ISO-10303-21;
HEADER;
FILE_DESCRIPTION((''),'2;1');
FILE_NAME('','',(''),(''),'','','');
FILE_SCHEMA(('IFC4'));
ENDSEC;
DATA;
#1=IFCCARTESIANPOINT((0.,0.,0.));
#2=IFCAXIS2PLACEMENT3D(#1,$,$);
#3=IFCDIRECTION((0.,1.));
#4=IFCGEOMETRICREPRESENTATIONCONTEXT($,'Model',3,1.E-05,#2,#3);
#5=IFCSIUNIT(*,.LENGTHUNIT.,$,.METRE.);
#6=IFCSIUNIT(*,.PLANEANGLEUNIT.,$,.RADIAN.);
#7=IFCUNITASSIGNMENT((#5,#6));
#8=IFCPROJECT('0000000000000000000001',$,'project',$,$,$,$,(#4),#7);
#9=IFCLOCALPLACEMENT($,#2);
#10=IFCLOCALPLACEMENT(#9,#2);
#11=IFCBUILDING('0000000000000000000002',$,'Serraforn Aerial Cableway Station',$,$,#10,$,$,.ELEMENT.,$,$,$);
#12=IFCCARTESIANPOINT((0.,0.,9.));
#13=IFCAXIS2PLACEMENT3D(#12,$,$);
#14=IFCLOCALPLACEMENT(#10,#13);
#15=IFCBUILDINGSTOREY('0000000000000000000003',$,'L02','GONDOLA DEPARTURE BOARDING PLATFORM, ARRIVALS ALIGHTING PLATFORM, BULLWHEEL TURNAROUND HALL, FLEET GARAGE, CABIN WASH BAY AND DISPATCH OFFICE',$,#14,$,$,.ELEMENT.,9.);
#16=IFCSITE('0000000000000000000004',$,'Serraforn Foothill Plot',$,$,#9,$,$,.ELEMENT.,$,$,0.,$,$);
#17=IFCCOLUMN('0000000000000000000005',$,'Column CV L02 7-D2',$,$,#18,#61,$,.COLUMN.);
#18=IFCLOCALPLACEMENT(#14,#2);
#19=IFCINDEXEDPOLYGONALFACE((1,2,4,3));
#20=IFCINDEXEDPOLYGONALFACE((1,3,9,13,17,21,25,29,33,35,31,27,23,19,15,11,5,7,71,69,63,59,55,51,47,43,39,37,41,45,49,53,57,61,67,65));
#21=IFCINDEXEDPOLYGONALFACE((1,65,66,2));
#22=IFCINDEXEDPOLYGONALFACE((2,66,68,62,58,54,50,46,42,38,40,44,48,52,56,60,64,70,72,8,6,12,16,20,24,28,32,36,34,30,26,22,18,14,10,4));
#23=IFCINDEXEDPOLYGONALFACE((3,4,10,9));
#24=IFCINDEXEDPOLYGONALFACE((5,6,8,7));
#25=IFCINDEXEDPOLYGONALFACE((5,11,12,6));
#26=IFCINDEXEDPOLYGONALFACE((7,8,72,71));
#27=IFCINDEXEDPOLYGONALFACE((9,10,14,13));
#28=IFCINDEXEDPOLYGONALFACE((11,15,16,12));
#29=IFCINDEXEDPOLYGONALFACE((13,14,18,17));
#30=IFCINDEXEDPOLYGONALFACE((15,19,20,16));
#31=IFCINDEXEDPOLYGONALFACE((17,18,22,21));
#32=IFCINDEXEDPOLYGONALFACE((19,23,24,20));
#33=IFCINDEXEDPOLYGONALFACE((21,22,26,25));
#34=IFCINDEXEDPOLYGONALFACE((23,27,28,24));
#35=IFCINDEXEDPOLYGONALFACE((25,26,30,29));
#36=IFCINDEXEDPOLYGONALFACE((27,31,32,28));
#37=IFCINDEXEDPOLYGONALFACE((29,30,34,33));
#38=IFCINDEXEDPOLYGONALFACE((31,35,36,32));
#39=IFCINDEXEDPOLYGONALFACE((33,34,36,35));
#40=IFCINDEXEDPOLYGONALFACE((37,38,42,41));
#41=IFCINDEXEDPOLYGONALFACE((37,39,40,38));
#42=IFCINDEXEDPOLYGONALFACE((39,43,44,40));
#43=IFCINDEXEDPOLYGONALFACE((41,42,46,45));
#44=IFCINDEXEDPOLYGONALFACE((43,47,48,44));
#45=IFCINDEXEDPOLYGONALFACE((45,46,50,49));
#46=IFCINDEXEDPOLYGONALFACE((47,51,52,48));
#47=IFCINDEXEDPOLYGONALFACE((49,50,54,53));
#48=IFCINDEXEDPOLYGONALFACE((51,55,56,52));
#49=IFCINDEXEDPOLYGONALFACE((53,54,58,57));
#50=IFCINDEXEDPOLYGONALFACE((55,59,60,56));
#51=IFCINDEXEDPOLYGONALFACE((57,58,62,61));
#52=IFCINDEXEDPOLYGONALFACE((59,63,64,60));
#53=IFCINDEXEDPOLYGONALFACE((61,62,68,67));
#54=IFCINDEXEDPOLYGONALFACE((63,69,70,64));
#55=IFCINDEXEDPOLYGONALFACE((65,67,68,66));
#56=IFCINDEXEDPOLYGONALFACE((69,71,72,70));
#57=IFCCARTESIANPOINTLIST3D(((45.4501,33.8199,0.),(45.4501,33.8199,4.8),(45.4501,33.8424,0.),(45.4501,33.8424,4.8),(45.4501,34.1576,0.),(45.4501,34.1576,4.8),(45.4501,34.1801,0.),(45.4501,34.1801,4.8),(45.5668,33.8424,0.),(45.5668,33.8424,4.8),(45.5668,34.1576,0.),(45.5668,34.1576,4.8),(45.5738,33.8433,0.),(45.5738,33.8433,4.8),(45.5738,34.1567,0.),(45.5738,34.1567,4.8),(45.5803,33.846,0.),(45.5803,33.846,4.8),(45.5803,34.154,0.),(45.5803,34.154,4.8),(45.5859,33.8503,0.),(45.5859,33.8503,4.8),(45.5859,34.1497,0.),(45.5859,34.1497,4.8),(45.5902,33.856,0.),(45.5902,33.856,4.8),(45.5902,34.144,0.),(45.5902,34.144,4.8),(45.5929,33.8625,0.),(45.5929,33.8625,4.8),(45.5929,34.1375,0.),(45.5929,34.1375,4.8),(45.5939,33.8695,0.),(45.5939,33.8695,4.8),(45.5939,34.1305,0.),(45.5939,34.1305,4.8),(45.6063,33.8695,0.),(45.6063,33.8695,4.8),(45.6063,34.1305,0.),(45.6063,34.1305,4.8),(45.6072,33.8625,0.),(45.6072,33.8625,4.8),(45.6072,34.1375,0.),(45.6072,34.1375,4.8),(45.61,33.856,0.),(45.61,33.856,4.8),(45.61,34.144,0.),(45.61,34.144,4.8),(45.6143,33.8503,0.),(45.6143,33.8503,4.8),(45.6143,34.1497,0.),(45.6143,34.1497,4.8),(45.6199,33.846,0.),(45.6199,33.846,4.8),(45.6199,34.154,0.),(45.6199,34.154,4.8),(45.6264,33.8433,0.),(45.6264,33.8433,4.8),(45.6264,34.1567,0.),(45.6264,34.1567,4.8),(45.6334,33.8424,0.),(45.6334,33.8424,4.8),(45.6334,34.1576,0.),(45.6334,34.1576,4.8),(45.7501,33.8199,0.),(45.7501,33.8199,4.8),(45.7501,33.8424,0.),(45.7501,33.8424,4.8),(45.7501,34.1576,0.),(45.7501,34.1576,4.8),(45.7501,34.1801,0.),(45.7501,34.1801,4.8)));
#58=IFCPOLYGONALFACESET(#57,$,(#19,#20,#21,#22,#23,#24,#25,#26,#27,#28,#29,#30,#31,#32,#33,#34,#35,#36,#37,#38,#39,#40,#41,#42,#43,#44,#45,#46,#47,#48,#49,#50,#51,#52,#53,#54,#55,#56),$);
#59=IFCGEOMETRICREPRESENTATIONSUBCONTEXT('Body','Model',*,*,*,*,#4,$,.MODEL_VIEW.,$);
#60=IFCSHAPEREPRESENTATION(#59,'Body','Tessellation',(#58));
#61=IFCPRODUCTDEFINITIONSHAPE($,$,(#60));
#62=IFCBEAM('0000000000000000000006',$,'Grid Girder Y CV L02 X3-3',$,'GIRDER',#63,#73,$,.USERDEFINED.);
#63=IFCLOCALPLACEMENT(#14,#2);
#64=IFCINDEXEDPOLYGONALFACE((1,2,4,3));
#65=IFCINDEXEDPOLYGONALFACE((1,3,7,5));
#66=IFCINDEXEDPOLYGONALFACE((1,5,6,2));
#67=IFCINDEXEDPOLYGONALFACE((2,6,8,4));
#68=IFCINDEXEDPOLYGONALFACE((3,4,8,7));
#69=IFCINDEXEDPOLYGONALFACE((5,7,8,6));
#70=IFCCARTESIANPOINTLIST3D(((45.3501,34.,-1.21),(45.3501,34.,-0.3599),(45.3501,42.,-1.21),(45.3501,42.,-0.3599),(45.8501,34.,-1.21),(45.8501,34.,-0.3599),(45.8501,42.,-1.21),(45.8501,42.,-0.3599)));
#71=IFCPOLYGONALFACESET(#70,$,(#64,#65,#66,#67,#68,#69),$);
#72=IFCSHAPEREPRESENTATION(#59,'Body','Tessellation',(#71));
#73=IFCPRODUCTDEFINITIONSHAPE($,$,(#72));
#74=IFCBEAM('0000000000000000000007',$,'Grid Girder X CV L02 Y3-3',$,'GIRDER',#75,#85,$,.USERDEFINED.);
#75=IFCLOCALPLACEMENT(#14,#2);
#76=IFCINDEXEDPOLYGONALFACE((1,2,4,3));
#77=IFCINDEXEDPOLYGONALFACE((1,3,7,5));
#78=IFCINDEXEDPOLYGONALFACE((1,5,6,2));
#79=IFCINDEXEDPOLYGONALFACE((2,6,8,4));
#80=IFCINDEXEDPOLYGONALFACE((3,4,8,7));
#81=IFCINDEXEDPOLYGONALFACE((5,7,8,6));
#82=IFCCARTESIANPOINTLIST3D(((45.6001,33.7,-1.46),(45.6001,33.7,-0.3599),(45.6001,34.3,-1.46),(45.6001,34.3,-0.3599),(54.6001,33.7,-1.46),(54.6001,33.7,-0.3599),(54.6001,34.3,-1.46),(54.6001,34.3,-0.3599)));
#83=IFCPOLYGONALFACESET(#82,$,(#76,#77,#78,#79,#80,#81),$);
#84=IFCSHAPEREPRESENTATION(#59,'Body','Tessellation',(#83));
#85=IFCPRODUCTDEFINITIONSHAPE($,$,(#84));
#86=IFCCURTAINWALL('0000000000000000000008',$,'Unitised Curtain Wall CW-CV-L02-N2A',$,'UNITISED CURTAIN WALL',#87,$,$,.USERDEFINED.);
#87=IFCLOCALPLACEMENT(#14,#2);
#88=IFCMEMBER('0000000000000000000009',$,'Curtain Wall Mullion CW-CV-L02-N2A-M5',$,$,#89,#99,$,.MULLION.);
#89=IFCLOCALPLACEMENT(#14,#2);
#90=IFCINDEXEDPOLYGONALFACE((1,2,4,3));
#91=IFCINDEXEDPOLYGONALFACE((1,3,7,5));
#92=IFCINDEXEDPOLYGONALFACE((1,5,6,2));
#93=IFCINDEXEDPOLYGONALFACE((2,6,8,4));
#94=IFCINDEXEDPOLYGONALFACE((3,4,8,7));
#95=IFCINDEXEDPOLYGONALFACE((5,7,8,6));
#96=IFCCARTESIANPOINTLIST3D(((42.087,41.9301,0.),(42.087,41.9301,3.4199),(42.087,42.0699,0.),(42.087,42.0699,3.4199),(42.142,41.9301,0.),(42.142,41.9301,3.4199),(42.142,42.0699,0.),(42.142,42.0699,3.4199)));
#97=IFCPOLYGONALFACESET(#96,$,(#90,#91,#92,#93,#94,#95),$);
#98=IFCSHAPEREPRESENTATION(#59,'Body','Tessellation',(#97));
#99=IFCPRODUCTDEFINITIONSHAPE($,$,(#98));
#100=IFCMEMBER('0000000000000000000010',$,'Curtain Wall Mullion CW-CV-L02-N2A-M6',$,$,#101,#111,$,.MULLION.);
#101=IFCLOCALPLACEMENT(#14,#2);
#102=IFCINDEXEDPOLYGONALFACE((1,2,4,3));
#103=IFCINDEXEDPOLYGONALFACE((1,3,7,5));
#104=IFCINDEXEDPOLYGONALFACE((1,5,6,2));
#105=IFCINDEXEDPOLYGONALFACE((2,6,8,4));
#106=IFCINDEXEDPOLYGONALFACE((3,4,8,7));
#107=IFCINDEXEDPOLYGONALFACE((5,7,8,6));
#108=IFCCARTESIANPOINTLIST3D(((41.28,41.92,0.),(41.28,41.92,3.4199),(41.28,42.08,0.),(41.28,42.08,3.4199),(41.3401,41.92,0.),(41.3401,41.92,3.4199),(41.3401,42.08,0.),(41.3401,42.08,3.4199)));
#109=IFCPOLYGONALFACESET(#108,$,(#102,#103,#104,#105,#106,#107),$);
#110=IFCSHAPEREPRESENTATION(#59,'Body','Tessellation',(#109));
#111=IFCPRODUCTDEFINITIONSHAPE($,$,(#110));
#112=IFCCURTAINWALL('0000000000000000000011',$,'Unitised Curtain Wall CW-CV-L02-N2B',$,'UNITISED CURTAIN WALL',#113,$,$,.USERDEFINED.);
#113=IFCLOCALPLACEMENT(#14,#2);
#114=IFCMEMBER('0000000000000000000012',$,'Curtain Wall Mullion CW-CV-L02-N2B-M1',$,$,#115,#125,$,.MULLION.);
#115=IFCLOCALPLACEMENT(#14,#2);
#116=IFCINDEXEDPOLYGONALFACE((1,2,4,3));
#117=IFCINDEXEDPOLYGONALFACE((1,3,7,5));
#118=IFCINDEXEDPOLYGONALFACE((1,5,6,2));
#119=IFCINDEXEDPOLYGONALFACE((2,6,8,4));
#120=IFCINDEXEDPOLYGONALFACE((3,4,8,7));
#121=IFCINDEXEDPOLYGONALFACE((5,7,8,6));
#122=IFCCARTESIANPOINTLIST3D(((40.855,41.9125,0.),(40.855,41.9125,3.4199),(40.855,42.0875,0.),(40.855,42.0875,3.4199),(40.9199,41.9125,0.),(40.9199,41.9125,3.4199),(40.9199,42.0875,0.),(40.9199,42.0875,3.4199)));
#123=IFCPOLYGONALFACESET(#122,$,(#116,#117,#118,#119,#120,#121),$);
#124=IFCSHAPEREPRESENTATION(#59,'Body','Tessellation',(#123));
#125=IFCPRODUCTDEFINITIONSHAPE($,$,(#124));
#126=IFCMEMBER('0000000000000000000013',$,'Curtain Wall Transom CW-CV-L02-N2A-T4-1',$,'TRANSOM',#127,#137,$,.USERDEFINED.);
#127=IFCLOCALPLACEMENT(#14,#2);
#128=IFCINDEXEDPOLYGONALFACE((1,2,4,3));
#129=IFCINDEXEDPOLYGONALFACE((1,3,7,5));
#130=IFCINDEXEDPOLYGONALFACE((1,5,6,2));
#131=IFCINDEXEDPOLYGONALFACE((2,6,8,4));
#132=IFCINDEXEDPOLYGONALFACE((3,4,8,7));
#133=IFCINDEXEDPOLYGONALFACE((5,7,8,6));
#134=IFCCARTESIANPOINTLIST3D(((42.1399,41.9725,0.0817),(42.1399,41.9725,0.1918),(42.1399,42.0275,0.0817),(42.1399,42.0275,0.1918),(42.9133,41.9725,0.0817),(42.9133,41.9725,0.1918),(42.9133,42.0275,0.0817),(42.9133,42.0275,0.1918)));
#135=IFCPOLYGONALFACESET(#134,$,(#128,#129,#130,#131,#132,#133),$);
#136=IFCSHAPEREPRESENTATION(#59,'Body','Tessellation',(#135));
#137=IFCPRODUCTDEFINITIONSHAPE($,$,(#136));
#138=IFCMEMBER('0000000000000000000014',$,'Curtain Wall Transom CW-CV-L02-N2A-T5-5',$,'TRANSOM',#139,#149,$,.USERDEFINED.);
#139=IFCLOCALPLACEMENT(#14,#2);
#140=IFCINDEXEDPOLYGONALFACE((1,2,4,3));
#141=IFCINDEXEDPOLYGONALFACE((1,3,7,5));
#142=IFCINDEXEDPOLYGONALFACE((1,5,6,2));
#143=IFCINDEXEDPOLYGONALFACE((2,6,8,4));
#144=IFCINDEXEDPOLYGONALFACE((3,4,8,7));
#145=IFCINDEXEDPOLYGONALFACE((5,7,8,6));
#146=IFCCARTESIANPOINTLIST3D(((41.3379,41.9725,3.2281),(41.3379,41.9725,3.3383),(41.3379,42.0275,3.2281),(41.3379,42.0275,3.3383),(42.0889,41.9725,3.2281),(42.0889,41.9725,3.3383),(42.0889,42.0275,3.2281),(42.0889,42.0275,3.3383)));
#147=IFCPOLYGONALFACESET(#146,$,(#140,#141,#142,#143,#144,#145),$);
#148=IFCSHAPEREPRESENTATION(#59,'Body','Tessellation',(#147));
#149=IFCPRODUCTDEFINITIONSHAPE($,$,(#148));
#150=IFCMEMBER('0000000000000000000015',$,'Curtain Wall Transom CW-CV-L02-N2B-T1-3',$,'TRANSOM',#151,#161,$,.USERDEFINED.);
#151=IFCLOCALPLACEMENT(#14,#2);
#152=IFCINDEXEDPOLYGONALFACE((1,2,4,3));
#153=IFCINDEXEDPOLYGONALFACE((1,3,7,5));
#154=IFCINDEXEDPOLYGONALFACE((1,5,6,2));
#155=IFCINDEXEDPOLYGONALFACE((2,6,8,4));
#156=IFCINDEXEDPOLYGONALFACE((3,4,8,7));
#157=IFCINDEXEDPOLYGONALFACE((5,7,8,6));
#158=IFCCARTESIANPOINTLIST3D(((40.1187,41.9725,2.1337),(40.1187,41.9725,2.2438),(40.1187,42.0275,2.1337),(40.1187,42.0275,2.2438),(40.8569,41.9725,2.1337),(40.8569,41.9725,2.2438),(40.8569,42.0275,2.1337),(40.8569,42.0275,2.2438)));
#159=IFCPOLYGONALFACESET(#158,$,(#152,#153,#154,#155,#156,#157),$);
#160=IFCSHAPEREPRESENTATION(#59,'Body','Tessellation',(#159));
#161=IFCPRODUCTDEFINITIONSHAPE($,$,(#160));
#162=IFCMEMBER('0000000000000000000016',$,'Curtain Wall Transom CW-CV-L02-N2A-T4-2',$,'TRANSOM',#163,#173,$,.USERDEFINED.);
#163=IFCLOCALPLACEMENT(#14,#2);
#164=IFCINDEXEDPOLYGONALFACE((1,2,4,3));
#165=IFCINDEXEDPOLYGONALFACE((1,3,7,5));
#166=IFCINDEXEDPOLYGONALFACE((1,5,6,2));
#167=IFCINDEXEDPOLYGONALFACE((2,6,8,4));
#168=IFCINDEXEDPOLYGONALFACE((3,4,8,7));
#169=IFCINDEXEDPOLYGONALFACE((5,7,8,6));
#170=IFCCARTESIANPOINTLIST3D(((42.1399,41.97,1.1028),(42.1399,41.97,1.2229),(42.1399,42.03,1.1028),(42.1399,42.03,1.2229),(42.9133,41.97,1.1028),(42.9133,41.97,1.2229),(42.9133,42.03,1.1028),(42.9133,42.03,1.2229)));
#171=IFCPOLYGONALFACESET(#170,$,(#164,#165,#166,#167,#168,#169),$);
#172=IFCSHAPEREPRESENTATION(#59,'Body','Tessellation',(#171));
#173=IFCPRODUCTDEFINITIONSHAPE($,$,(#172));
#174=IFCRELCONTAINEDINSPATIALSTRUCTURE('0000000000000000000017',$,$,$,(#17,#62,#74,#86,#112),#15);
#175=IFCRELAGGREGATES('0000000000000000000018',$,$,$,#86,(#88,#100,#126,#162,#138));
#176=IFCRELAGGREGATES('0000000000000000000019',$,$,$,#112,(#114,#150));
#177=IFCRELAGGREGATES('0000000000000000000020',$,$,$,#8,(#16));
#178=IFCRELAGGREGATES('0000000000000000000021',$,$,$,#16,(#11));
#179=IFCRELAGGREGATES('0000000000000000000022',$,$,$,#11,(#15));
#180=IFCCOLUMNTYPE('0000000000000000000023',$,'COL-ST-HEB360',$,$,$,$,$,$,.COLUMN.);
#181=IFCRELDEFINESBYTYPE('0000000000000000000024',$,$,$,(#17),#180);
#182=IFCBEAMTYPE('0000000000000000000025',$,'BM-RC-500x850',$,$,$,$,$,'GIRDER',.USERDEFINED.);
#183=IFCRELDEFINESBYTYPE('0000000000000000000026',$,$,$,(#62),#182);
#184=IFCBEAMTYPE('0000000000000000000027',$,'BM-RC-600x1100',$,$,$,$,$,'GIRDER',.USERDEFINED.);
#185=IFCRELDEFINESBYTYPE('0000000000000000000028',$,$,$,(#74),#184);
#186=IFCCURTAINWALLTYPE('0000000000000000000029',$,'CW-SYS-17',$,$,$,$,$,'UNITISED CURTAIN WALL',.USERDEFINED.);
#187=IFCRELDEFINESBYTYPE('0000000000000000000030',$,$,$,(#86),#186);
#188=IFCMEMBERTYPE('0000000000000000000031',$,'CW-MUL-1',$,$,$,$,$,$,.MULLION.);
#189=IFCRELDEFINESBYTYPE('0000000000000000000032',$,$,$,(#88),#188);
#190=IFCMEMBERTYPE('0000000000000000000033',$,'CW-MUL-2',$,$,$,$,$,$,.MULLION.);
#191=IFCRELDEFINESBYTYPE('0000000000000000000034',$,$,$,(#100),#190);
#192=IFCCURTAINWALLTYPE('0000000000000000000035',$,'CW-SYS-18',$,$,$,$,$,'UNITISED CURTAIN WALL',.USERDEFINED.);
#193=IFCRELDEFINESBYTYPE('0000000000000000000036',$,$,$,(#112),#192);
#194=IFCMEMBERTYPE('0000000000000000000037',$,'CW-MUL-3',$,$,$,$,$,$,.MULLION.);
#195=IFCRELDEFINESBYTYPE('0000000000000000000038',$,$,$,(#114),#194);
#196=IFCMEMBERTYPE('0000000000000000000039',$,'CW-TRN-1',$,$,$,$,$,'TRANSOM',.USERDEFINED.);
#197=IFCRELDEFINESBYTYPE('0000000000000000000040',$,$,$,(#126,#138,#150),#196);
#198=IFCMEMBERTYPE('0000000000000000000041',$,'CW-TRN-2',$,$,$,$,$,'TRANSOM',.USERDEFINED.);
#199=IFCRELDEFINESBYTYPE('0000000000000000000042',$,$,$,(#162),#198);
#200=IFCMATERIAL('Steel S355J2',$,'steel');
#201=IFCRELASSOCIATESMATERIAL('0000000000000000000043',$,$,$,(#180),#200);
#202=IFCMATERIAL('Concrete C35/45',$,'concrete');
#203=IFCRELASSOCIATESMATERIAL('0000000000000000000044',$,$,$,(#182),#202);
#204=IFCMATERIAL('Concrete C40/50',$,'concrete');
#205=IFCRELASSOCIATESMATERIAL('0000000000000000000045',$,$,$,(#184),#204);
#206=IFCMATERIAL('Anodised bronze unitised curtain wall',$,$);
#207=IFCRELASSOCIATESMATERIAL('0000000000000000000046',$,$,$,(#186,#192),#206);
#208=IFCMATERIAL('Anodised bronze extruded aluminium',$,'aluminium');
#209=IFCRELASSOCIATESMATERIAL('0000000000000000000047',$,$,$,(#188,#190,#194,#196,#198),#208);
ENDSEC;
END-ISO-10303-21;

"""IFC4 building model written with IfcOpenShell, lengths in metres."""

from ifc_helpers import new_model, si_unit, direction, frame, origin, origin_2d, place, context, subcontext, project, spatial, rectangle, i_section, extrude, material, material_profile, profile_set, type_object, element, aggregate, save


model = new_model("IFC4")

# Units and contexts
model_context = context("Model", 3, precision=1e-05, world=origin(), true_north=direction((0.0, 1.0)))
body_context = subcontext(model_context, "Body", "Model", "MODEL_VIEW")
ifc_project = project(units=[si_unit("LENGTHUNIT", "METRE"), si_unit("PLANEANGLEUNIT", "RADIAN")], contexts=[model_context])

# Site, building, storey
site_placement = place(None, origin())
site = spatial("IfcSite", under=ifc_project, at=site_placement, Name="Serraforn Foothill Plot", CompositionType="ELEMENT", RefElevation=0.0)
building_placement = place(site_placement, origin())
building = spatial("IfcBuilding", under=site, at=building_placement, Name="Serraforn Aerial Cableway Station", CompositionType="ELEMENT")
storey_placement = place(building_placement, frame((0.0, 0.0, 9.0)))
storey = spatial("IfcBuildingStorey", under=building, at=storey_placement, Name="L02", Description="GONDOLA DEPARTURE BOARDING PLATFORM, ARRIVALS ALIGHTING PLATFORM, BULLWHEEL TURNAROUND HALL, FLEET GARAGE, CABIN WASH BAY AND DISPATCH OFFICE", CompositionType="ELEMENT", Elevation=9.0)

# Column
ifc_material_1 = material(Name="Steel S355J2", Category="steel")
ifc_material_profile_1 = material_profile(ifc_material_1, i_section(OverallWidth=0.3, OverallDepth=0.3601, WebThickness=0.0125, FlangeThickness=0.0225, FilletRadius=0.0271, at=origin_2d()), Name="HEB 360")
ifc_profile_set_1 = profile_set([ifc_material_profile_1], Name="Steel S355J2")
column_type = type_object("IfcColumnType", Name="COL-ST-HEB360", PredefinedType="COLUMN", material=ifc_profile_set_1)
column_placement = place(storey_placement, frame((45.6001, 34.0, 0.0), z_axis=(0.0, 0.0, 1.0), x_axis=(1.0, 0.0, 0.0)))
element("IfcColumn", 1, at=column_placement, inside=storey, type_object=column_type, Name="Column CV L02 7-D2", PredefinedType="COLUMN", context=body_context, shape_type="SweptSolid", body=[
    extrude(i_section(OverallWidth=0.3, OverallDepth=0.3601, WebThickness=0.0125, FlangeThickness=0.0225, FilletRadius=0.0271, at=origin_2d()), origin(), (0.0, 0.0, 1.0), 4.8),
])

# Beams
ifc_material_2 = material(Name="Concrete C35/45", Category="concrete")
ifc_material_profile_2 = material_profile(ifc_material_2, rectangle(XDim=0.5, YDim=0.8501, at=origin_2d()), Name="RC 500x850")
ifc_profile_set_2 = profile_set([ifc_material_profile_2], Name="Concrete C35/45")
beam_type_1 = type_object("IfcBeamType", Name="BM-RC-500x850", ElementType="GIRDER", PredefinedType="USERDEFINED", material=ifc_profile_set_2)
beam_1_placement = place(storey_placement, frame((45.6001, 34.0, -0.7849), z_axis=(0.0, 1.0, 0.0), x_axis=(-1.0, 0.0, 0.0)))
element("IfcBeam", 2, at=beam_1_placement, inside=storey, type_object=beam_type_1, Name="Grid Girder Y CV L02 X3-3", ObjectType="GIRDER", PredefinedType="USERDEFINED", context=body_context, shape_type="SweptSolid", body=[
    extrude(rectangle(XDim=0.5, YDim=0.8501, at=origin_2d()), origin(), (0.0, 0.0, 1.0), 8.0),
])
ifc_material_3 = material(Name="Concrete C40/50", Category="concrete")
ifc_material_profile_3 = material_profile(ifc_material_3, rectangle(XDim=0.6001, YDim=1.1001, at=origin_2d()), Name="RC 600x1100")
ifc_profile_set_3 = profile_set([ifc_material_profile_3], Name="Concrete C40/50")
beam_type_2 = type_object("IfcBeamType", Name="BM-RC-600x1100", ElementType="GIRDER", PredefinedType="USERDEFINED", material=ifc_profile_set_3)
beam_2_placement = place(storey_placement, frame((45.6001, 34.0, -0.9099), z_axis=(1.0, 0.0, 0.0), x_axis=(0.0, 1.0, 0.0)))
element("IfcBeam", 3, at=beam_2_placement, inside=storey, type_object=beam_type_2, Name="Grid Girder X CV L02 Y3-3", ObjectType="GIRDER", PredefinedType="USERDEFINED", context=body_context, shape_type="SweptSolid", body=[
    extrude(rectangle(XDim=0.6001, YDim=1.1001, at=origin_2d()), origin(), (0.0, 0.0, 1.0), 9.0),
])

# Curtain wall, members
ifc_material_4 = material(Name="Anodised bronze unitised curtain wall")
curtain_wall_type_1 = type_object("IfcCurtainWallType", Name="CW-SYS-17", ElementType="UNITISED CURTAIN WALL", PredefinedType="USERDEFINED", material=ifc_material_4)
curtain_wall_1_placement = place(storey_placement, origin())
curtain_wall_1 = element("IfcCurtainWall", 4, at=curtain_wall_1_placement, inside=storey, type_object=curtain_wall_type_1, Name="Unitised Curtain Wall CW-CV-L02-N2A", ObjectType="UNITISED CURTAIN WALL", PredefinedType="USERDEFINED")
ifc_material_5 = material(Name="Anodised bronze extruded aluminium", Category="aluminium")
ifc_material_profile_4 = material_profile(ifc_material_5, rectangle(XDim=0.0549, YDim=0.1399, at=origin_2d()), Name="CW MULLION 55x140")
ifc_profile_set_4 = profile_set([ifc_material_profile_4], Name="Anodised bronze extruded aluminium")
member_type_1 = type_object("IfcMemberType", Name="CW-MUL-1", PredefinedType="MULLION", material=ifc_profile_set_4)
member_1_placement = place(storey_placement, frame((42.1145, 42.0, 0.0), z_axis=(0.0, 0.0, 1.0), x_axis=(-1.0, 0.0, 0.0)))
member_1 = element("IfcMember", 5, at=member_1_placement, type_object=member_type_1, Name="Curtain Wall Mullion CW-CV-L02-N2A-M5", PredefinedType="MULLION", context=body_context, shape_type="SweptSolid", body=[
    extrude(rectangle(XDim=0.0549, YDim=0.1399, at=origin_2d()), origin(), (0.0, 0.0, 1.0), 3.4199),
])
ifc_material_profile_5 = material_profile(ifc_material_5, rectangle(XDim=0.0601, YDim=0.1599, at=origin_2d()), Name="CW MULLION 60x160")
ifc_profile_set_5 = profile_set([ifc_material_profile_5], Name="Anodised bronze extruded aluminium")
member_type_2 = type_object("IfcMemberType", Name="CW-MUL-2", PredefinedType="MULLION", material=ifc_profile_set_5)
member_2_placement = place(storey_placement, frame((41.3101, 42.0, 0.0), z_axis=(0.0, 0.0, 1.0), x_axis=(-1.0, 0.0, 0.0)))
member_2 = element("IfcMember", 6, at=member_2_placement, type_object=member_type_2, Name="Curtain Wall Mullion CW-CV-L02-N2A-M6", PredefinedType="MULLION", context=body_context, shape_type="SweptSolid", body=[
    extrude(rectangle(XDim=0.0601, YDim=0.1599, at=origin_2d()), origin(), (0.0, 0.0, 1.0), 3.4199),
])

# Curtain wall, member
curtain_wall_type_2 = type_object("IfcCurtainWallType", Name="CW-SYS-18", ElementType="UNITISED CURTAIN WALL", PredefinedType="USERDEFINED", material=ifc_material_4)
curtain_wall_2_placement = place(storey_placement, origin())
curtain_wall_2 = element("IfcCurtainWall", 7, at=curtain_wall_2_placement, inside=storey, type_object=curtain_wall_type_2, Name="Unitised Curtain Wall CW-CV-L02-N2B", ObjectType="UNITISED CURTAIN WALL", PredefinedType="USERDEFINED")
ifc_material_profile_6 = material_profile(ifc_material_5, rectangle(XDim=0.0649, YDim=0.175, at=origin_2d()), Name="CW MULLION 65x175")
ifc_profile_set_6 = profile_set([ifc_material_profile_6], Name="Anodised bronze extruded aluminium")
member_type_3 = type_object("IfcMemberType", Name="CW-MUL-3", PredefinedType="MULLION", material=ifc_profile_set_6)
member_3_placement = place(storey_placement, frame((40.8875, 42.0, 0.0), z_axis=(0.0, 0.0, 1.0), x_axis=(-1.0, 0.0, 0.0)))
member_3 = element("IfcMember", 8, at=member_3_placement, type_object=member_type_3, Name="Curtain Wall Mullion CW-CV-L02-N2B-M1", PredefinedType="MULLION", context=body_context, shape_type="SweptSolid", body=[
    extrude(rectangle(XDim=0.0649, YDim=0.175, at=origin_2d()), origin(), (0.0, 0.0, 1.0), 3.4199),
])

# Members
ifc_material_profile_7 = material_profile(ifc_material_5, rectangle(XDim=0.0549, YDim=0.1101, at=origin_2d()), Name="CW TRANSOM 55x110")
ifc_profile_set_7 = profile_set([ifc_material_profile_7], Name="Anodised bronze extruded aluminium")
member_type_4 = type_object("IfcMemberType", Name="CW-TRN-1", ElementType="TRANSOM", PredefinedType="USERDEFINED", material=ifc_profile_set_7)
member_4_placement = place(storey_placement, frame((42.9133, 42.0, 0.1367), z_axis=(-1.0, 0.0, 0.0), x_axis=(0.0, -1.0, 0.0)))
member_4 = element("IfcMember", 9, at=member_4_placement, type_object=member_type_4, Name="Curtain Wall Transom CW-CV-L02-N2A-T4-1", ObjectType="TRANSOM", PredefinedType="USERDEFINED", context=body_context, shape_type="SweptSolid", body=[
    extrude(rectangle(XDim=0.0549, YDim=0.1101, at=origin_2d()), origin(), (0.0, 0.0, 1.0), 0.7734),
])
member_5_placement = place(storey_placement, frame((42.0889, 42.0, 3.2832), z_axis=(-1.0, 0.0, 0.0), x_axis=(0.0, -1.0, 0.0)))
member_5 = element("IfcMember", 10, at=member_5_placement, type_object=member_type_4, Name="Curtain Wall Transom CW-CV-L02-N2A-T5-5", ObjectType="TRANSOM", PredefinedType="USERDEFINED", context=body_context, shape_type="SweptSolid", body=[
    extrude(rectangle(XDim=0.0549, YDim=0.1101, at=origin_2d()), origin(), (0.0, 0.0, 1.0), 0.751),
])
member_6_placement = place(storey_placement, frame((40.8569, 42.0, 2.1887), z_axis=(-1.0, 0.0, 0.0), x_axis=(0.0, -1.0, 0.0)))
member_6 = element("IfcMember", 11, at=member_6_placement, type_object=member_type_4, Name="Curtain Wall Transom CW-CV-L02-N2B-T1-3", ObjectType="TRANSOM", PredefinedType="USERDEFINED", context=body_context, shape_type="SweptSolid", body=[
    extrude(rectangle(XDim=0.0549, YDim=0.1101, at=origin_2d()), origin(), (0.0, 0.0, 1.0), 0.7383),
])
ifc_material_profile_8 = material_profile(ifc_material_5, rectangle(XDim=0.0601, YDim=0.1201, at=origin_2d()), Name="CW TRANSOM 60x120")
ifc_profile_set_8 = profile_set([ifc_material_profile_8], Name="Anodised bronze extruded aluminium")
member_type_5 = type_object("IfcMemberType", Name="CW-TRN-2", ElementType="TRANSOM", PredefinedType="USERDEFINED", material=ifc_profile_set_8)
member_7_placement = place(storey_placement, frame((42.9133, 42.0, 1.1628), z_axis=(-1.0, 0.0, 0.0), x_axis=(0.0, -1.0, 0.0)))
member_7 = element("IfcMember", 12, at=member_7_placement, type_object=member_type_5, Name="Curtain Wall Transom CW-CV-L02-N2A-T4-2", ObjectType="TRANSOM", PredefinedType="USERDEFINED", context=body_context, shape_type="SweptSolid", body=[
    extrude(rectangle(XDim=0.0601, YDim=0.1201, at=origin_2d()), origin(), (0.0, 0.0, 1.0), 0.7734),
])

aggregate(curtain_wall_1, [member_1, member_2, member_4, member_7, member_5])
aggregate(curtain_wall_2, [member_3, member_6])

save(model, "model.ifc")
